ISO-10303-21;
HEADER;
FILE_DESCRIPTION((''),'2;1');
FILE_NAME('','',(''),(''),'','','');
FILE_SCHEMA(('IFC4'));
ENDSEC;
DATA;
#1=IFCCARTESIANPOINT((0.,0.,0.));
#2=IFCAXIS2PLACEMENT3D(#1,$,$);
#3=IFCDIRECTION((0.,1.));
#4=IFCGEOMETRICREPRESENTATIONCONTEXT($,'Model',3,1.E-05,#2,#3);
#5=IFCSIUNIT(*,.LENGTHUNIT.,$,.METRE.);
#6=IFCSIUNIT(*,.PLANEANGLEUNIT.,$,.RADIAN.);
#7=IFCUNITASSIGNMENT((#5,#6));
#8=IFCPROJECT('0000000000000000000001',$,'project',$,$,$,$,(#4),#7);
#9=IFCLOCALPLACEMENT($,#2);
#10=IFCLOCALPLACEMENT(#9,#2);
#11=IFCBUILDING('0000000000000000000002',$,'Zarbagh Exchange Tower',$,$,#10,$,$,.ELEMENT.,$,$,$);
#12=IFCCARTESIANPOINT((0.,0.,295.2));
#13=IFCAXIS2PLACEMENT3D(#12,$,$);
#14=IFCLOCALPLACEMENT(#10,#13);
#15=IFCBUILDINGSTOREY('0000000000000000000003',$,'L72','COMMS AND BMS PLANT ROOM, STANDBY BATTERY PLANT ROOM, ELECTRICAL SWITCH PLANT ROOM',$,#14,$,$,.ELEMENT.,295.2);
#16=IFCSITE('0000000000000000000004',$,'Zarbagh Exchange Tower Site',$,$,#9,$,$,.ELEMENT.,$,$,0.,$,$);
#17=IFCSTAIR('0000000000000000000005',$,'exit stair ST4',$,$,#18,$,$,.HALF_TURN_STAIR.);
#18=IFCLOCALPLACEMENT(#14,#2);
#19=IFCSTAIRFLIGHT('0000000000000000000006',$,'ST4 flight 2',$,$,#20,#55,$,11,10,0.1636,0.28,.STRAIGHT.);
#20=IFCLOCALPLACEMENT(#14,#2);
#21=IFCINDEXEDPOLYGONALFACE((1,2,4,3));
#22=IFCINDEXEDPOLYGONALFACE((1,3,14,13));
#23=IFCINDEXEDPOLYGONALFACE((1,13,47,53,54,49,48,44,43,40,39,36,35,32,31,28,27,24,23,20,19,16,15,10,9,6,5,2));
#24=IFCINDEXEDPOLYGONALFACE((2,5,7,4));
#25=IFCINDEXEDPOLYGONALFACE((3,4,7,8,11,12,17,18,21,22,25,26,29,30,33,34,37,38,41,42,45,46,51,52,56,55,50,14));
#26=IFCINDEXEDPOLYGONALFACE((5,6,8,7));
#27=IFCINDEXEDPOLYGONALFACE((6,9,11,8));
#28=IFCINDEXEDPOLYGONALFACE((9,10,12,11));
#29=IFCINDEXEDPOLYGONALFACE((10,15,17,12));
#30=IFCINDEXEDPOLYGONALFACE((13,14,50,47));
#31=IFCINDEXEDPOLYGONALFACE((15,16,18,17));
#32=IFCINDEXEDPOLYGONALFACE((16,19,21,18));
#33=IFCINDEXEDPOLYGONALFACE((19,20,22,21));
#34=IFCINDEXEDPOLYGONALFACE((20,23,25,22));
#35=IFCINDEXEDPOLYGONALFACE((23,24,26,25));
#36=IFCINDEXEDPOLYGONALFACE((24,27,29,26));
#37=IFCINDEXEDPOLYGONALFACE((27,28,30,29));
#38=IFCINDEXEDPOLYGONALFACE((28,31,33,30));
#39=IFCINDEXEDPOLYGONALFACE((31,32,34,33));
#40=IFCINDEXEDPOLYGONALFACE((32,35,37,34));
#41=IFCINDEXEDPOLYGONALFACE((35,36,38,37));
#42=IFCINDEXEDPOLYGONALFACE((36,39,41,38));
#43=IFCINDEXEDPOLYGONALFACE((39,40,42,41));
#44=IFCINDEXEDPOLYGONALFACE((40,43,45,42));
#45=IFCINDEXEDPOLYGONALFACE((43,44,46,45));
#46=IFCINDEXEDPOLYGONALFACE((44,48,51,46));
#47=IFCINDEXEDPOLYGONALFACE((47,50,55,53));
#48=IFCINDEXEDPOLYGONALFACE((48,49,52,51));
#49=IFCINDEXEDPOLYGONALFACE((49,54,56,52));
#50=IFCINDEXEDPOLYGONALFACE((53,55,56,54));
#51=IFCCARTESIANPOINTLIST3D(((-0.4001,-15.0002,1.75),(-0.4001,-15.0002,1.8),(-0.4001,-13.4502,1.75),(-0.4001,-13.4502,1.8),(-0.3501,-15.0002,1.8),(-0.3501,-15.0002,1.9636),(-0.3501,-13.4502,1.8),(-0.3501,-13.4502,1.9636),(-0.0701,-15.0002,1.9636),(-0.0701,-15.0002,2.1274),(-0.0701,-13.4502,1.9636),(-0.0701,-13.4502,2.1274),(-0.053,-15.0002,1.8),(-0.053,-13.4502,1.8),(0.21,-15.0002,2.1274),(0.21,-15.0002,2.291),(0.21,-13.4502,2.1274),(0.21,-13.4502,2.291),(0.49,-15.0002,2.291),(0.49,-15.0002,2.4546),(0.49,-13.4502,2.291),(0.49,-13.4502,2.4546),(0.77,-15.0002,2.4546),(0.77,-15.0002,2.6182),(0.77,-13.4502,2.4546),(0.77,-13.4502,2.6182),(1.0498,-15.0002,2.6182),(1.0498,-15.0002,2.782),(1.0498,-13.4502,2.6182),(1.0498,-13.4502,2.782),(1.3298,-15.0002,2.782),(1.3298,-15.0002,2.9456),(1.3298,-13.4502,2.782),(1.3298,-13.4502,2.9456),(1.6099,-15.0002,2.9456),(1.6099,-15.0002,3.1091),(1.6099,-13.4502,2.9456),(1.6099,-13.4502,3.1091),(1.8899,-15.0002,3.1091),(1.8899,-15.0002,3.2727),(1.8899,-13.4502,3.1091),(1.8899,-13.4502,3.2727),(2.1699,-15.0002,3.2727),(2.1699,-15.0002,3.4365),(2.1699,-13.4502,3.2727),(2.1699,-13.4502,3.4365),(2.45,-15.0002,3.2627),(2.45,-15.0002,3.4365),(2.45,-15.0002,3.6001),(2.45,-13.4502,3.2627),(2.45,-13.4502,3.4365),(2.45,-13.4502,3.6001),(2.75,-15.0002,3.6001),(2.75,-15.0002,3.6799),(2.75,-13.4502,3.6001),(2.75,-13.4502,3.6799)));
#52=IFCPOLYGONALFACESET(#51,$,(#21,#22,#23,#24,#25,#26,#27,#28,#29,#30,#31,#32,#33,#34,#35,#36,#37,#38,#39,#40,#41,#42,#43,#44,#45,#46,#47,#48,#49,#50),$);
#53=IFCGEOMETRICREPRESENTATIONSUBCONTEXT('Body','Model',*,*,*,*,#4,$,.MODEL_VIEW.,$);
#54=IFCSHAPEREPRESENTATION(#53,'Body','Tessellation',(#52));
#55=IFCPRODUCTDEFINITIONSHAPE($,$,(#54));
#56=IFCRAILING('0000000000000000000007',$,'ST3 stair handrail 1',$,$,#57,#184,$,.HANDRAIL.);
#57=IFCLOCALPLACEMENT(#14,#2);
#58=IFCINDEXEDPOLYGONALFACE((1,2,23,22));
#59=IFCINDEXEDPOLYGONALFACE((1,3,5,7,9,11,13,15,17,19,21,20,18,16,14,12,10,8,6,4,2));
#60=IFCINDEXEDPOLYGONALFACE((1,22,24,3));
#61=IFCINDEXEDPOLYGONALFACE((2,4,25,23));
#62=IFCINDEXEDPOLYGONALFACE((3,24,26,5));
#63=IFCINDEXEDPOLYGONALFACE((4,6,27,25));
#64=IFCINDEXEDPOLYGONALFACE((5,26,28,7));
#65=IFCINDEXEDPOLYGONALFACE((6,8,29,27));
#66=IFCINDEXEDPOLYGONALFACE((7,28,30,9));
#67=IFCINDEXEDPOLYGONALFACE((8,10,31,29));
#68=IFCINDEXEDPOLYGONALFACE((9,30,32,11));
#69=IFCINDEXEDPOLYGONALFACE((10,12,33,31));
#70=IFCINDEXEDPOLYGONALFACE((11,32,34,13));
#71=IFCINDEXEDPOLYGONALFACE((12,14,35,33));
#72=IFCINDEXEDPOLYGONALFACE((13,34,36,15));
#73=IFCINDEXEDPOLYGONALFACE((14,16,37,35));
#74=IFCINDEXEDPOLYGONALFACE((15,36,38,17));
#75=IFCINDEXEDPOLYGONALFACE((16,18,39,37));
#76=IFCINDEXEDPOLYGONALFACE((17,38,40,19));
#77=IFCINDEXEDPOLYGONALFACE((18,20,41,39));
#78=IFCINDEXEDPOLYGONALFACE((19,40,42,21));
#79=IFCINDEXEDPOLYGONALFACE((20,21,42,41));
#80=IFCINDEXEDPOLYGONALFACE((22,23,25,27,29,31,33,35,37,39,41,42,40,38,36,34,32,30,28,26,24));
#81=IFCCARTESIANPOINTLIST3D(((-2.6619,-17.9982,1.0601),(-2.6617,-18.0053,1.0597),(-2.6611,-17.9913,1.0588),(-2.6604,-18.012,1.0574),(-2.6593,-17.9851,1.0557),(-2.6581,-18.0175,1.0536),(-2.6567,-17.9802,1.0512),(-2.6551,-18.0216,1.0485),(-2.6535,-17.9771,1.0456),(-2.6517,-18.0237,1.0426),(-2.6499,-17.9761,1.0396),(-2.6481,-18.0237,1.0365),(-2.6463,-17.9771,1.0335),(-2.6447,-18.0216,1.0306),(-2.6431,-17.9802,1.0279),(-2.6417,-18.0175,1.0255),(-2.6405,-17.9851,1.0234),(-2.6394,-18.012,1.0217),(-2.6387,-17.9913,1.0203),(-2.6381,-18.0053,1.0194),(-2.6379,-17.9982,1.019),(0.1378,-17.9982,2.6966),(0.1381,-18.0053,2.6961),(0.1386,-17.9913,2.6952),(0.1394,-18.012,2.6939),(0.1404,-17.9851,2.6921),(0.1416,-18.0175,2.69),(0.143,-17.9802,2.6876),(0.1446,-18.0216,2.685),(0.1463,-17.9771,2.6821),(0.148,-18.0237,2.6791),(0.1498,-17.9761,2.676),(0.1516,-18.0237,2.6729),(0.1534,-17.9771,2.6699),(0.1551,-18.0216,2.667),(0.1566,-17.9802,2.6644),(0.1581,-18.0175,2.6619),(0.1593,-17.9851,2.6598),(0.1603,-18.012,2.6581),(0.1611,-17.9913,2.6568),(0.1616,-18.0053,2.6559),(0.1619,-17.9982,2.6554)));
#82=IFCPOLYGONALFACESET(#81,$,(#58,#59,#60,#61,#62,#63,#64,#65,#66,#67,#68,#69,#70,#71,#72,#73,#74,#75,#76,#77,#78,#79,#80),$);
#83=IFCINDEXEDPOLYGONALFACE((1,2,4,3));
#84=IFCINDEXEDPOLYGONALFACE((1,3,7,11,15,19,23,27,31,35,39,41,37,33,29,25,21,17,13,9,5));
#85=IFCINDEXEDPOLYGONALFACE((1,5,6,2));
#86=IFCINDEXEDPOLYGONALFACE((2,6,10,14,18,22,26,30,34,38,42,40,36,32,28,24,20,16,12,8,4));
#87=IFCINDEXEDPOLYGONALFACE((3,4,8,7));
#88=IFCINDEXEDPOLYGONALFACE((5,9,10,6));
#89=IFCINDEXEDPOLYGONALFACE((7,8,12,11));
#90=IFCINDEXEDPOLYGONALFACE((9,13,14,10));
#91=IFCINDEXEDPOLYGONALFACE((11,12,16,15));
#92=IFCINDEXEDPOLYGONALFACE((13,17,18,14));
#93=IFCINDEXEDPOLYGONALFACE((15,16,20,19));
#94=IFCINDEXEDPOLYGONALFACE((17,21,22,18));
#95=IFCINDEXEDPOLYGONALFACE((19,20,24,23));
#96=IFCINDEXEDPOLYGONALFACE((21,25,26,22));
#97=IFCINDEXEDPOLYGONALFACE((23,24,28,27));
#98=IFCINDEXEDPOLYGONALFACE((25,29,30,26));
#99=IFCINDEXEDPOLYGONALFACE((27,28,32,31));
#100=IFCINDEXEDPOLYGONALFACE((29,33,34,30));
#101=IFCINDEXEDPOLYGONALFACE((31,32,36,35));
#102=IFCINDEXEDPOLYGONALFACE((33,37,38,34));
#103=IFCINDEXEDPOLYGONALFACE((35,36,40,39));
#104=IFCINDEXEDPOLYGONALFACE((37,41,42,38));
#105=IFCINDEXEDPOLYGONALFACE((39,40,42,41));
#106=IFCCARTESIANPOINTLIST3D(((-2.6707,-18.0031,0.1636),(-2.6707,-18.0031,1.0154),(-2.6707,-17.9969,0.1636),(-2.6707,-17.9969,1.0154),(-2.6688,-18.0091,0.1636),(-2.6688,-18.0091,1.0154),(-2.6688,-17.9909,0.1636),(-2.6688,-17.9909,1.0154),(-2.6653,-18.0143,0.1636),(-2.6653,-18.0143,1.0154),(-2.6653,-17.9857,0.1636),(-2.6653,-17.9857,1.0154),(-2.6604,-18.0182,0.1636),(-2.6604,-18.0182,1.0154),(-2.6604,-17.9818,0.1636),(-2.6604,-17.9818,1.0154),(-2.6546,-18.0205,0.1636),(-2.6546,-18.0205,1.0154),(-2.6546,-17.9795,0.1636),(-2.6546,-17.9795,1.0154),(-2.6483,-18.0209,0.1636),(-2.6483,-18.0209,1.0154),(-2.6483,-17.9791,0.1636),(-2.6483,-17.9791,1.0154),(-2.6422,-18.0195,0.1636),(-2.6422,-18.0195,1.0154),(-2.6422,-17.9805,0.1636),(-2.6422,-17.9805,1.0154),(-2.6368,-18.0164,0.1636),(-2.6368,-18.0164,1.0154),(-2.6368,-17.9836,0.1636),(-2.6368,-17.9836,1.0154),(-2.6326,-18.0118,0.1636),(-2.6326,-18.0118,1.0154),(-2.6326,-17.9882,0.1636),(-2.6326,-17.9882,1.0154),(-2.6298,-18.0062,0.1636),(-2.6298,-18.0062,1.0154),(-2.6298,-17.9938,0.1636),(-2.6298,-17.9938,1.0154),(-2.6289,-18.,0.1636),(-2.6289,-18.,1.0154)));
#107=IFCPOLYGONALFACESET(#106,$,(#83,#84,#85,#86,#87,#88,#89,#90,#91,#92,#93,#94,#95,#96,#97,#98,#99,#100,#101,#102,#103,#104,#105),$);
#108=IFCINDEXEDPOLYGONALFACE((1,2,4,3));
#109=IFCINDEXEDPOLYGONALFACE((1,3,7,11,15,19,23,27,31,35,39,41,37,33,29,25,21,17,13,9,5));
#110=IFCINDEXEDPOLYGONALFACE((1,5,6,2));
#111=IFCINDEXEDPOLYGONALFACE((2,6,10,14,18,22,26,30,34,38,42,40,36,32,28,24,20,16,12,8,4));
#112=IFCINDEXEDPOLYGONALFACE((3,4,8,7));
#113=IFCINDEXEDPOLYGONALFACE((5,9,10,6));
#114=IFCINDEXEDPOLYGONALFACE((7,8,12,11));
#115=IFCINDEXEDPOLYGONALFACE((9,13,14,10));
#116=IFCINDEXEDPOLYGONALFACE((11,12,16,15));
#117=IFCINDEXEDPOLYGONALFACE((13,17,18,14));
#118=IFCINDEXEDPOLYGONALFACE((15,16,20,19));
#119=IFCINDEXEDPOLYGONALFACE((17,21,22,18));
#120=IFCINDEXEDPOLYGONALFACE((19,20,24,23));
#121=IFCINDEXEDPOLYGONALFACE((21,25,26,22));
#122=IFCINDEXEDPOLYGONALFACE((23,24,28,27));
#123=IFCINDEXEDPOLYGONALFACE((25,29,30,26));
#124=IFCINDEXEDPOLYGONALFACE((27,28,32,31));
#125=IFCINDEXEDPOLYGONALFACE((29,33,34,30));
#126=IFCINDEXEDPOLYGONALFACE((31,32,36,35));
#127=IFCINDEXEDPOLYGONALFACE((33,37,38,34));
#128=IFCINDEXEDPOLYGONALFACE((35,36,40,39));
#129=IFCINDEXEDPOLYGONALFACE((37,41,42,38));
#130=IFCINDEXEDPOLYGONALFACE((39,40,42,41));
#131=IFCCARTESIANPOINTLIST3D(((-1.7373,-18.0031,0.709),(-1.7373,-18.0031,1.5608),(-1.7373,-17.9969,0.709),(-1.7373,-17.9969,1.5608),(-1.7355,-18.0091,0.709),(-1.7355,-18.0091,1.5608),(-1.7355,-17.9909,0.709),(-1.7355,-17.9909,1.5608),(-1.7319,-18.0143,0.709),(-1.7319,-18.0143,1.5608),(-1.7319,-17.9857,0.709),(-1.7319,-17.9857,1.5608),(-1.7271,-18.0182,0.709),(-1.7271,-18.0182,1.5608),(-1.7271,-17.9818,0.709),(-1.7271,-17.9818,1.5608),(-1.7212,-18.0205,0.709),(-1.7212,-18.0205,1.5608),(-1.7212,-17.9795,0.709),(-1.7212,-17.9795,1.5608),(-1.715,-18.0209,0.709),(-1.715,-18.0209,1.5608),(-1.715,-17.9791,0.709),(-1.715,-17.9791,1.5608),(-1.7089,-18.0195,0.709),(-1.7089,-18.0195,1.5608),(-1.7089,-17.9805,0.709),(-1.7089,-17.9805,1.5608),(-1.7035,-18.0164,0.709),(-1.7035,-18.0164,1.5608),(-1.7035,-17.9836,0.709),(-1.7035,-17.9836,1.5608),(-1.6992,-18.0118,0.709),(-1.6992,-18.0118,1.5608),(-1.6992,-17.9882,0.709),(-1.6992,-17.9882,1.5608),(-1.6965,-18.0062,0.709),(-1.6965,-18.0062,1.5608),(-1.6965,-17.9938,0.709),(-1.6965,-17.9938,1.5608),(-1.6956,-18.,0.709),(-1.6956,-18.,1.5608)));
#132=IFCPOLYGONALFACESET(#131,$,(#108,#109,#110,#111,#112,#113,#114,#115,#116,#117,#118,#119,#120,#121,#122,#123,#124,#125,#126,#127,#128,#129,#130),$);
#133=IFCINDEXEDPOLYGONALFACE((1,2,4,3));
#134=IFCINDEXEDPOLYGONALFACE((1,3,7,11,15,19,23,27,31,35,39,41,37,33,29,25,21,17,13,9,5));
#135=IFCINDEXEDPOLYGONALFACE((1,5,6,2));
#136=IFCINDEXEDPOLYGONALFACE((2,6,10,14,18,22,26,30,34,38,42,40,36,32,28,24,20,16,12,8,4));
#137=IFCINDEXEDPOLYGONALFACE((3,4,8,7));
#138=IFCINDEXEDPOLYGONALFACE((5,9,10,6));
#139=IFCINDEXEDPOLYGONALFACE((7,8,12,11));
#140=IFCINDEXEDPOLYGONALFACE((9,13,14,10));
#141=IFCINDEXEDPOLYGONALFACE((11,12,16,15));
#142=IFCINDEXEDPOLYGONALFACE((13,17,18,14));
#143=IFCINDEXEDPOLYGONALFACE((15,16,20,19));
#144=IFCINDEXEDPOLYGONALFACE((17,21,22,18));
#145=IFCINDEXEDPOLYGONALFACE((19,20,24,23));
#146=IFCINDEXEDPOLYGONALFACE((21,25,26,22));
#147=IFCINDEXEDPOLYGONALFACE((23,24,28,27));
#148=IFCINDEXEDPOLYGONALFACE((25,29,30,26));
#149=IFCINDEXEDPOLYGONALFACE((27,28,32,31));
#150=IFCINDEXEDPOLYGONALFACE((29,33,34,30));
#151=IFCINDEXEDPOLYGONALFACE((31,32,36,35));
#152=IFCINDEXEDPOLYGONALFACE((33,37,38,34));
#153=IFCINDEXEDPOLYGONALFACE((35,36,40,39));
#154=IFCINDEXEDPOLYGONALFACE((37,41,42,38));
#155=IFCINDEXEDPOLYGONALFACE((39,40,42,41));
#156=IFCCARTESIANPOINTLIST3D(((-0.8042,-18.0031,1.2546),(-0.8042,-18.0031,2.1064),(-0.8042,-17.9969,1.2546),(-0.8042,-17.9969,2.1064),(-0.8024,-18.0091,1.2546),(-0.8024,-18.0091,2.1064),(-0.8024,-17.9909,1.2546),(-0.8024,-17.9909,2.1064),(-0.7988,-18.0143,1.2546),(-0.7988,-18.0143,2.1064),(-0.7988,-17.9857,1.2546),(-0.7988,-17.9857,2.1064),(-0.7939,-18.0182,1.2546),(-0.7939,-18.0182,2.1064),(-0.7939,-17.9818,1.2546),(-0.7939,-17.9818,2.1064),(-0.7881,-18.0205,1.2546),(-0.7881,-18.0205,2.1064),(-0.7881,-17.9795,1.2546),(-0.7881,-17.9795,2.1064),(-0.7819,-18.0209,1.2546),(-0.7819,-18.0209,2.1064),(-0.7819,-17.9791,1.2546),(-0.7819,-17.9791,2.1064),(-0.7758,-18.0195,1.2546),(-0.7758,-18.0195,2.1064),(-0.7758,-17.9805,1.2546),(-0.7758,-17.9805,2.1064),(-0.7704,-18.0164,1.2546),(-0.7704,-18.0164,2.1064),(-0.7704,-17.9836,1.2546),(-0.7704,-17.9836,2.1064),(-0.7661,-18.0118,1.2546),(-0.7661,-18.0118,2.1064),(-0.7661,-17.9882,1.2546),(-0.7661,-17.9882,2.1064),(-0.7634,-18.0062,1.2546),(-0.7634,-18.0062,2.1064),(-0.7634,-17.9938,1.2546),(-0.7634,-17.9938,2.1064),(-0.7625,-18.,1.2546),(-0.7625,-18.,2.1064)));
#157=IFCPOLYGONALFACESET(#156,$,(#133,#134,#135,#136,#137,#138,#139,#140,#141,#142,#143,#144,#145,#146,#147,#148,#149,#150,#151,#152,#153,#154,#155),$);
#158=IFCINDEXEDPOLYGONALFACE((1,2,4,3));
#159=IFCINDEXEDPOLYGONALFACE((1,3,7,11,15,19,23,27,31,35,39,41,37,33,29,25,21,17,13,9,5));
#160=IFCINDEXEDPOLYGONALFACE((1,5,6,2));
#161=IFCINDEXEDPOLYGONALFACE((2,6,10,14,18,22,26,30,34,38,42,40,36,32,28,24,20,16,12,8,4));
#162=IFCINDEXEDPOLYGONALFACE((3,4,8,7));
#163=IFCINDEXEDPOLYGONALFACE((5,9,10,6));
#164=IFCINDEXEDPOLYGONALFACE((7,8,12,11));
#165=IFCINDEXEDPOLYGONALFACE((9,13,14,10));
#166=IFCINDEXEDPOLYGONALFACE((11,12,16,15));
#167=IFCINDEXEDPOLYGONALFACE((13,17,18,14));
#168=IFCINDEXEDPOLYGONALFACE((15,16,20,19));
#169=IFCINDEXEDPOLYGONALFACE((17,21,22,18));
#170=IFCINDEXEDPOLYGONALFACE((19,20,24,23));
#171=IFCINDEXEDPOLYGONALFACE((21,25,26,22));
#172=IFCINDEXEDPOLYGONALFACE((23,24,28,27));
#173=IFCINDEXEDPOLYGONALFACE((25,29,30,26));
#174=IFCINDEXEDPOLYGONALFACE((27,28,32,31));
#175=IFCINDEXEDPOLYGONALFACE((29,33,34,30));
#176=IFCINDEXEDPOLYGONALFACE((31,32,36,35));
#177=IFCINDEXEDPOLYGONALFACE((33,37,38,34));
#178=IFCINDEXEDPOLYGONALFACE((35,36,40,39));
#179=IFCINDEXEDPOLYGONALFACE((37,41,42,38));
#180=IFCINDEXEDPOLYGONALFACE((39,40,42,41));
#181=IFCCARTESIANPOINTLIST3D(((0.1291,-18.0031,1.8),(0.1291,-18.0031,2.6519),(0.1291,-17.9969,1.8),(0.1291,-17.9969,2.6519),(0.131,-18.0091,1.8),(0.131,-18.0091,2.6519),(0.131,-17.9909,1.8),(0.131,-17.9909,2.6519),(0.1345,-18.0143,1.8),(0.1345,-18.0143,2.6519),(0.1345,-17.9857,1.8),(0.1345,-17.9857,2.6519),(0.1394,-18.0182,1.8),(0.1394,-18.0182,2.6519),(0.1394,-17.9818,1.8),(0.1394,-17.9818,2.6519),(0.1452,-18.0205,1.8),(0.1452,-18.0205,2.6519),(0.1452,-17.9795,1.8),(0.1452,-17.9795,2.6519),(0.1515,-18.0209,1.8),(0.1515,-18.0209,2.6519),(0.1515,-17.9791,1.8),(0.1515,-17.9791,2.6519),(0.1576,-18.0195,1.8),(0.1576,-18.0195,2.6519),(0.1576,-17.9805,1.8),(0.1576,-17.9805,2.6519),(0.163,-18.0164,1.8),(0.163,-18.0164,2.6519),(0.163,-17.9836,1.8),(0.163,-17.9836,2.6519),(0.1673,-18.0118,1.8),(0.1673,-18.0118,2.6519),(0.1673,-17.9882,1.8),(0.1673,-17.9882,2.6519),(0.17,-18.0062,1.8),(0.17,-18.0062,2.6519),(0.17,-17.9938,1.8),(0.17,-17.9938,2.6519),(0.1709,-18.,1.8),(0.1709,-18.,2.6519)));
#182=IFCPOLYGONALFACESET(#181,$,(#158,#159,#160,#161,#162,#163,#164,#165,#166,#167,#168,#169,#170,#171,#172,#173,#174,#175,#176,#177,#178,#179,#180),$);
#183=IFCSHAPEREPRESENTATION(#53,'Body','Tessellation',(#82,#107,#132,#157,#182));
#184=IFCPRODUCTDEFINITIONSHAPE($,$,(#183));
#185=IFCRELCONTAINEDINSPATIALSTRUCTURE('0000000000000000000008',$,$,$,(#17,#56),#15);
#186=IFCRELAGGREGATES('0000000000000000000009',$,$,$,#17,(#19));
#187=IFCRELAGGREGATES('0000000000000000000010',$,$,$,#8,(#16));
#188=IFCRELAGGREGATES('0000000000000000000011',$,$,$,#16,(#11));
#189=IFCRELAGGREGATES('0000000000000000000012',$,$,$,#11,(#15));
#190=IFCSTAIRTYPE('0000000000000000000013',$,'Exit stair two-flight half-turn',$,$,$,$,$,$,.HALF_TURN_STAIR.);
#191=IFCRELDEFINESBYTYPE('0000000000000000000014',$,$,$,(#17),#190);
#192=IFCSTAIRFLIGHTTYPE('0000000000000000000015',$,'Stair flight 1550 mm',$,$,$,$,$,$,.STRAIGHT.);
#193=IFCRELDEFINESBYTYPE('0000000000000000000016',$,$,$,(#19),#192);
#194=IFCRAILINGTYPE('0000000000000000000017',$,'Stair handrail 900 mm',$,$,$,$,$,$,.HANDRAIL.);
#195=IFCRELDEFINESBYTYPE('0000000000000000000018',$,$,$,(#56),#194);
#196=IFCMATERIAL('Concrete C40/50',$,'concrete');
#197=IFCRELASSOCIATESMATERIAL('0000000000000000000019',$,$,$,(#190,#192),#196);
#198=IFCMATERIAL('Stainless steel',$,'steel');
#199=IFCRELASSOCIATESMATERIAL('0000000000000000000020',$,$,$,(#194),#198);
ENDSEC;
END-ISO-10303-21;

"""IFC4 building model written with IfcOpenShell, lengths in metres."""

from ifc_helpers import new_model, si_unit, direction, frame, origin, origin_2d, place, context, subcontext, project, spatial, polyline, circle, outline, extrude, material, type_object, element, aggregate, save


model = new_model("IFC4")

# Units and contexts
model_context = context("Model", 3, precision=1e-05, world=origin(), true_north=direction((0.0, 1.0)))
body_context = subcontext(model_context, "Body", "Model", "MODEL_VIEW")
ifc_project = project(units=[si_unit("LENGTHUNIT", "METRE"), si_unit("PLANEANGLEUNIT", "RADIAN")], contexts=[model_context])

# Site, building, storey
site_placement = place(None, origin())
site = spatial("IfcSite", under=ifc_project, at=site_placement, Name="Zarbagh Exchange Tower Site", CompositionType="ELEMENT", RefElevation=0.0)
building_placement = place(site_placement, origin())
building = spatial("IfcBuilding", under=site, at=building_placement, Name="Zarbagh Exchange Tower", CompositionType="ELEMENT")
storey_placement = place(building_placement, frame((0.0, 0.0, 295.2)))
storey = spatial("IfcBuildingStorey", under=building, at=storey_placement, Name="L72", Description="COMMS AND BMS PLANT ROOM, STANDBY BATTERY PLANT ROOM, ELECTRICAL SWITCH PLANT ROOM", CompositionType="ELEMENT", Elevation=295.2)

# Shared definitions
ifc_material_1 = material(Name="Concrete C40/50", Category="concrete")

# Shared definitions
ifc_material_2 = material(Name="Stainless steel", Category="steel")

# Stair, stair flight
stair_type = type_object("IfcStairType", Name="Exit stair two-flight half-turn", PredefinedType="HALF_TURN_STAIR", material=ifc_material_1)
stair_1_placement = place(storey_placement, origin())
stair_1 = element("IfcStair", 1, at=stair_1_placement, inside=storey, type_object=stair_type, Name="exit stair ST4", PredefinedType="HALF_TURN_STAIR")
stair_flight_type_1 = type_object("IfcStairFlightType", Name="Stair flight 1550 mm", PredefinedType="STRAIGHT", material=ifc_material_1)
stair_flight_1_placement = place(storey_placement, frame((-0.3501, -14.2251, 1.8), z_axis=(0.0, 0.0, 1.0), x_axis=(1.0, 0.0, 0.0)))
stair_flight_1 = element("IfcStairFlight", 2, at=stair_flight_1_placement, type_object=stair_flight_type_1, Name="ST4 flight 2", NumberOfRisers=11, NumberOfTreads=10, PredefinedType="STRAIGHT", RiserHeight=0.1636, TreadLength=0.28, context=body_context, shape_type="SweptSolid", body=[
    extrude(outline(polyline([(-0.05, -0.05), (-0.05, 0.0), (0.0, 0.0), (0.0, 0.1636), (0.28, 0.1636), (0.28, 0.3274), (0.5601, 0.3274), (0.5601, 0.491), (0.8401, 0.491), (0.8401, 0.6545), (1.1201, 0.6545), (1.1201, 0.8181), (1.3999, 0.8181), (1.3999, 0.9819), (1.6799, 0.9819), (1.6799, 1.1455), (1.96, 1.1455), (1.96, 1.3091), (2.24, 1.3091), (2.24, 1.4727), (2.52, 1.4727), (2.52, 1.6365), (2.8, 1.6365), (2.8, 1.8), (3.1001, 1.8799), (3.1001, 1.8), (2.8, 1.4626), (0.2971, 0.0), (-0.05, -0.05)])), frame((0.0, 0.7749, 0.0), z_axis=(0.0, -1.0, 0.0), x_axis=(1.0, 0.0, 0.0)), (0.0, 0.0, 1.0), 1.55),
])
aggregate(stair_1, [stair_flight_1])

# Railing
railing_type_1 = type_object("IfcRailingType", Name="Stair handrail 900 mm", PredefinedType="HANDRAIL", material=ifc_material_2)
railing_1_placement = place(storey_placement, frame((-2.6499, -18.0, 0.1636)))
element("IfcRailing", 3, at=railing_1_placement, inside=storey, type_object=railing_type_1, Name="ST3 stair handrail 1", PredefinedType="HANDRAIL", context=body_context, shape_type="SweptSolid", body=[
    extrude(circle(Radius=0.0239, at=origin_2d()), frame((0.0, 0.0, 0.876), z_axis=(0.863342, 0.0, 0.50462), x_axis=(0.0, 1.0, 0.0)), (0.0, 0.0, 1.0), 3.2429),
    extrude(circle(Radius=0.021, at=origin_2d()), origin(), (0.0, 0.0, 1.0), 0.8518),
    extrude(circle(Radius=0.021, at=origin_2d()), frame((0.9333, 0.0, 0.5454)), (0.0, 0.0, 1.0), 0.8518),
    extrude(circle(Radius=0.021, at=origin_2d()), frame((1.8665, 0.0, 1.0911)), (0.0, 0.0, 1.0), 0.8518),
    extrude(circle(Radius=0.021, at=origin_2d()), frame((2.7998, 0.0, 1.6365)), (0.0, 0.0, 1.0), 0.8518),
])

save(model, "model.ifc")
